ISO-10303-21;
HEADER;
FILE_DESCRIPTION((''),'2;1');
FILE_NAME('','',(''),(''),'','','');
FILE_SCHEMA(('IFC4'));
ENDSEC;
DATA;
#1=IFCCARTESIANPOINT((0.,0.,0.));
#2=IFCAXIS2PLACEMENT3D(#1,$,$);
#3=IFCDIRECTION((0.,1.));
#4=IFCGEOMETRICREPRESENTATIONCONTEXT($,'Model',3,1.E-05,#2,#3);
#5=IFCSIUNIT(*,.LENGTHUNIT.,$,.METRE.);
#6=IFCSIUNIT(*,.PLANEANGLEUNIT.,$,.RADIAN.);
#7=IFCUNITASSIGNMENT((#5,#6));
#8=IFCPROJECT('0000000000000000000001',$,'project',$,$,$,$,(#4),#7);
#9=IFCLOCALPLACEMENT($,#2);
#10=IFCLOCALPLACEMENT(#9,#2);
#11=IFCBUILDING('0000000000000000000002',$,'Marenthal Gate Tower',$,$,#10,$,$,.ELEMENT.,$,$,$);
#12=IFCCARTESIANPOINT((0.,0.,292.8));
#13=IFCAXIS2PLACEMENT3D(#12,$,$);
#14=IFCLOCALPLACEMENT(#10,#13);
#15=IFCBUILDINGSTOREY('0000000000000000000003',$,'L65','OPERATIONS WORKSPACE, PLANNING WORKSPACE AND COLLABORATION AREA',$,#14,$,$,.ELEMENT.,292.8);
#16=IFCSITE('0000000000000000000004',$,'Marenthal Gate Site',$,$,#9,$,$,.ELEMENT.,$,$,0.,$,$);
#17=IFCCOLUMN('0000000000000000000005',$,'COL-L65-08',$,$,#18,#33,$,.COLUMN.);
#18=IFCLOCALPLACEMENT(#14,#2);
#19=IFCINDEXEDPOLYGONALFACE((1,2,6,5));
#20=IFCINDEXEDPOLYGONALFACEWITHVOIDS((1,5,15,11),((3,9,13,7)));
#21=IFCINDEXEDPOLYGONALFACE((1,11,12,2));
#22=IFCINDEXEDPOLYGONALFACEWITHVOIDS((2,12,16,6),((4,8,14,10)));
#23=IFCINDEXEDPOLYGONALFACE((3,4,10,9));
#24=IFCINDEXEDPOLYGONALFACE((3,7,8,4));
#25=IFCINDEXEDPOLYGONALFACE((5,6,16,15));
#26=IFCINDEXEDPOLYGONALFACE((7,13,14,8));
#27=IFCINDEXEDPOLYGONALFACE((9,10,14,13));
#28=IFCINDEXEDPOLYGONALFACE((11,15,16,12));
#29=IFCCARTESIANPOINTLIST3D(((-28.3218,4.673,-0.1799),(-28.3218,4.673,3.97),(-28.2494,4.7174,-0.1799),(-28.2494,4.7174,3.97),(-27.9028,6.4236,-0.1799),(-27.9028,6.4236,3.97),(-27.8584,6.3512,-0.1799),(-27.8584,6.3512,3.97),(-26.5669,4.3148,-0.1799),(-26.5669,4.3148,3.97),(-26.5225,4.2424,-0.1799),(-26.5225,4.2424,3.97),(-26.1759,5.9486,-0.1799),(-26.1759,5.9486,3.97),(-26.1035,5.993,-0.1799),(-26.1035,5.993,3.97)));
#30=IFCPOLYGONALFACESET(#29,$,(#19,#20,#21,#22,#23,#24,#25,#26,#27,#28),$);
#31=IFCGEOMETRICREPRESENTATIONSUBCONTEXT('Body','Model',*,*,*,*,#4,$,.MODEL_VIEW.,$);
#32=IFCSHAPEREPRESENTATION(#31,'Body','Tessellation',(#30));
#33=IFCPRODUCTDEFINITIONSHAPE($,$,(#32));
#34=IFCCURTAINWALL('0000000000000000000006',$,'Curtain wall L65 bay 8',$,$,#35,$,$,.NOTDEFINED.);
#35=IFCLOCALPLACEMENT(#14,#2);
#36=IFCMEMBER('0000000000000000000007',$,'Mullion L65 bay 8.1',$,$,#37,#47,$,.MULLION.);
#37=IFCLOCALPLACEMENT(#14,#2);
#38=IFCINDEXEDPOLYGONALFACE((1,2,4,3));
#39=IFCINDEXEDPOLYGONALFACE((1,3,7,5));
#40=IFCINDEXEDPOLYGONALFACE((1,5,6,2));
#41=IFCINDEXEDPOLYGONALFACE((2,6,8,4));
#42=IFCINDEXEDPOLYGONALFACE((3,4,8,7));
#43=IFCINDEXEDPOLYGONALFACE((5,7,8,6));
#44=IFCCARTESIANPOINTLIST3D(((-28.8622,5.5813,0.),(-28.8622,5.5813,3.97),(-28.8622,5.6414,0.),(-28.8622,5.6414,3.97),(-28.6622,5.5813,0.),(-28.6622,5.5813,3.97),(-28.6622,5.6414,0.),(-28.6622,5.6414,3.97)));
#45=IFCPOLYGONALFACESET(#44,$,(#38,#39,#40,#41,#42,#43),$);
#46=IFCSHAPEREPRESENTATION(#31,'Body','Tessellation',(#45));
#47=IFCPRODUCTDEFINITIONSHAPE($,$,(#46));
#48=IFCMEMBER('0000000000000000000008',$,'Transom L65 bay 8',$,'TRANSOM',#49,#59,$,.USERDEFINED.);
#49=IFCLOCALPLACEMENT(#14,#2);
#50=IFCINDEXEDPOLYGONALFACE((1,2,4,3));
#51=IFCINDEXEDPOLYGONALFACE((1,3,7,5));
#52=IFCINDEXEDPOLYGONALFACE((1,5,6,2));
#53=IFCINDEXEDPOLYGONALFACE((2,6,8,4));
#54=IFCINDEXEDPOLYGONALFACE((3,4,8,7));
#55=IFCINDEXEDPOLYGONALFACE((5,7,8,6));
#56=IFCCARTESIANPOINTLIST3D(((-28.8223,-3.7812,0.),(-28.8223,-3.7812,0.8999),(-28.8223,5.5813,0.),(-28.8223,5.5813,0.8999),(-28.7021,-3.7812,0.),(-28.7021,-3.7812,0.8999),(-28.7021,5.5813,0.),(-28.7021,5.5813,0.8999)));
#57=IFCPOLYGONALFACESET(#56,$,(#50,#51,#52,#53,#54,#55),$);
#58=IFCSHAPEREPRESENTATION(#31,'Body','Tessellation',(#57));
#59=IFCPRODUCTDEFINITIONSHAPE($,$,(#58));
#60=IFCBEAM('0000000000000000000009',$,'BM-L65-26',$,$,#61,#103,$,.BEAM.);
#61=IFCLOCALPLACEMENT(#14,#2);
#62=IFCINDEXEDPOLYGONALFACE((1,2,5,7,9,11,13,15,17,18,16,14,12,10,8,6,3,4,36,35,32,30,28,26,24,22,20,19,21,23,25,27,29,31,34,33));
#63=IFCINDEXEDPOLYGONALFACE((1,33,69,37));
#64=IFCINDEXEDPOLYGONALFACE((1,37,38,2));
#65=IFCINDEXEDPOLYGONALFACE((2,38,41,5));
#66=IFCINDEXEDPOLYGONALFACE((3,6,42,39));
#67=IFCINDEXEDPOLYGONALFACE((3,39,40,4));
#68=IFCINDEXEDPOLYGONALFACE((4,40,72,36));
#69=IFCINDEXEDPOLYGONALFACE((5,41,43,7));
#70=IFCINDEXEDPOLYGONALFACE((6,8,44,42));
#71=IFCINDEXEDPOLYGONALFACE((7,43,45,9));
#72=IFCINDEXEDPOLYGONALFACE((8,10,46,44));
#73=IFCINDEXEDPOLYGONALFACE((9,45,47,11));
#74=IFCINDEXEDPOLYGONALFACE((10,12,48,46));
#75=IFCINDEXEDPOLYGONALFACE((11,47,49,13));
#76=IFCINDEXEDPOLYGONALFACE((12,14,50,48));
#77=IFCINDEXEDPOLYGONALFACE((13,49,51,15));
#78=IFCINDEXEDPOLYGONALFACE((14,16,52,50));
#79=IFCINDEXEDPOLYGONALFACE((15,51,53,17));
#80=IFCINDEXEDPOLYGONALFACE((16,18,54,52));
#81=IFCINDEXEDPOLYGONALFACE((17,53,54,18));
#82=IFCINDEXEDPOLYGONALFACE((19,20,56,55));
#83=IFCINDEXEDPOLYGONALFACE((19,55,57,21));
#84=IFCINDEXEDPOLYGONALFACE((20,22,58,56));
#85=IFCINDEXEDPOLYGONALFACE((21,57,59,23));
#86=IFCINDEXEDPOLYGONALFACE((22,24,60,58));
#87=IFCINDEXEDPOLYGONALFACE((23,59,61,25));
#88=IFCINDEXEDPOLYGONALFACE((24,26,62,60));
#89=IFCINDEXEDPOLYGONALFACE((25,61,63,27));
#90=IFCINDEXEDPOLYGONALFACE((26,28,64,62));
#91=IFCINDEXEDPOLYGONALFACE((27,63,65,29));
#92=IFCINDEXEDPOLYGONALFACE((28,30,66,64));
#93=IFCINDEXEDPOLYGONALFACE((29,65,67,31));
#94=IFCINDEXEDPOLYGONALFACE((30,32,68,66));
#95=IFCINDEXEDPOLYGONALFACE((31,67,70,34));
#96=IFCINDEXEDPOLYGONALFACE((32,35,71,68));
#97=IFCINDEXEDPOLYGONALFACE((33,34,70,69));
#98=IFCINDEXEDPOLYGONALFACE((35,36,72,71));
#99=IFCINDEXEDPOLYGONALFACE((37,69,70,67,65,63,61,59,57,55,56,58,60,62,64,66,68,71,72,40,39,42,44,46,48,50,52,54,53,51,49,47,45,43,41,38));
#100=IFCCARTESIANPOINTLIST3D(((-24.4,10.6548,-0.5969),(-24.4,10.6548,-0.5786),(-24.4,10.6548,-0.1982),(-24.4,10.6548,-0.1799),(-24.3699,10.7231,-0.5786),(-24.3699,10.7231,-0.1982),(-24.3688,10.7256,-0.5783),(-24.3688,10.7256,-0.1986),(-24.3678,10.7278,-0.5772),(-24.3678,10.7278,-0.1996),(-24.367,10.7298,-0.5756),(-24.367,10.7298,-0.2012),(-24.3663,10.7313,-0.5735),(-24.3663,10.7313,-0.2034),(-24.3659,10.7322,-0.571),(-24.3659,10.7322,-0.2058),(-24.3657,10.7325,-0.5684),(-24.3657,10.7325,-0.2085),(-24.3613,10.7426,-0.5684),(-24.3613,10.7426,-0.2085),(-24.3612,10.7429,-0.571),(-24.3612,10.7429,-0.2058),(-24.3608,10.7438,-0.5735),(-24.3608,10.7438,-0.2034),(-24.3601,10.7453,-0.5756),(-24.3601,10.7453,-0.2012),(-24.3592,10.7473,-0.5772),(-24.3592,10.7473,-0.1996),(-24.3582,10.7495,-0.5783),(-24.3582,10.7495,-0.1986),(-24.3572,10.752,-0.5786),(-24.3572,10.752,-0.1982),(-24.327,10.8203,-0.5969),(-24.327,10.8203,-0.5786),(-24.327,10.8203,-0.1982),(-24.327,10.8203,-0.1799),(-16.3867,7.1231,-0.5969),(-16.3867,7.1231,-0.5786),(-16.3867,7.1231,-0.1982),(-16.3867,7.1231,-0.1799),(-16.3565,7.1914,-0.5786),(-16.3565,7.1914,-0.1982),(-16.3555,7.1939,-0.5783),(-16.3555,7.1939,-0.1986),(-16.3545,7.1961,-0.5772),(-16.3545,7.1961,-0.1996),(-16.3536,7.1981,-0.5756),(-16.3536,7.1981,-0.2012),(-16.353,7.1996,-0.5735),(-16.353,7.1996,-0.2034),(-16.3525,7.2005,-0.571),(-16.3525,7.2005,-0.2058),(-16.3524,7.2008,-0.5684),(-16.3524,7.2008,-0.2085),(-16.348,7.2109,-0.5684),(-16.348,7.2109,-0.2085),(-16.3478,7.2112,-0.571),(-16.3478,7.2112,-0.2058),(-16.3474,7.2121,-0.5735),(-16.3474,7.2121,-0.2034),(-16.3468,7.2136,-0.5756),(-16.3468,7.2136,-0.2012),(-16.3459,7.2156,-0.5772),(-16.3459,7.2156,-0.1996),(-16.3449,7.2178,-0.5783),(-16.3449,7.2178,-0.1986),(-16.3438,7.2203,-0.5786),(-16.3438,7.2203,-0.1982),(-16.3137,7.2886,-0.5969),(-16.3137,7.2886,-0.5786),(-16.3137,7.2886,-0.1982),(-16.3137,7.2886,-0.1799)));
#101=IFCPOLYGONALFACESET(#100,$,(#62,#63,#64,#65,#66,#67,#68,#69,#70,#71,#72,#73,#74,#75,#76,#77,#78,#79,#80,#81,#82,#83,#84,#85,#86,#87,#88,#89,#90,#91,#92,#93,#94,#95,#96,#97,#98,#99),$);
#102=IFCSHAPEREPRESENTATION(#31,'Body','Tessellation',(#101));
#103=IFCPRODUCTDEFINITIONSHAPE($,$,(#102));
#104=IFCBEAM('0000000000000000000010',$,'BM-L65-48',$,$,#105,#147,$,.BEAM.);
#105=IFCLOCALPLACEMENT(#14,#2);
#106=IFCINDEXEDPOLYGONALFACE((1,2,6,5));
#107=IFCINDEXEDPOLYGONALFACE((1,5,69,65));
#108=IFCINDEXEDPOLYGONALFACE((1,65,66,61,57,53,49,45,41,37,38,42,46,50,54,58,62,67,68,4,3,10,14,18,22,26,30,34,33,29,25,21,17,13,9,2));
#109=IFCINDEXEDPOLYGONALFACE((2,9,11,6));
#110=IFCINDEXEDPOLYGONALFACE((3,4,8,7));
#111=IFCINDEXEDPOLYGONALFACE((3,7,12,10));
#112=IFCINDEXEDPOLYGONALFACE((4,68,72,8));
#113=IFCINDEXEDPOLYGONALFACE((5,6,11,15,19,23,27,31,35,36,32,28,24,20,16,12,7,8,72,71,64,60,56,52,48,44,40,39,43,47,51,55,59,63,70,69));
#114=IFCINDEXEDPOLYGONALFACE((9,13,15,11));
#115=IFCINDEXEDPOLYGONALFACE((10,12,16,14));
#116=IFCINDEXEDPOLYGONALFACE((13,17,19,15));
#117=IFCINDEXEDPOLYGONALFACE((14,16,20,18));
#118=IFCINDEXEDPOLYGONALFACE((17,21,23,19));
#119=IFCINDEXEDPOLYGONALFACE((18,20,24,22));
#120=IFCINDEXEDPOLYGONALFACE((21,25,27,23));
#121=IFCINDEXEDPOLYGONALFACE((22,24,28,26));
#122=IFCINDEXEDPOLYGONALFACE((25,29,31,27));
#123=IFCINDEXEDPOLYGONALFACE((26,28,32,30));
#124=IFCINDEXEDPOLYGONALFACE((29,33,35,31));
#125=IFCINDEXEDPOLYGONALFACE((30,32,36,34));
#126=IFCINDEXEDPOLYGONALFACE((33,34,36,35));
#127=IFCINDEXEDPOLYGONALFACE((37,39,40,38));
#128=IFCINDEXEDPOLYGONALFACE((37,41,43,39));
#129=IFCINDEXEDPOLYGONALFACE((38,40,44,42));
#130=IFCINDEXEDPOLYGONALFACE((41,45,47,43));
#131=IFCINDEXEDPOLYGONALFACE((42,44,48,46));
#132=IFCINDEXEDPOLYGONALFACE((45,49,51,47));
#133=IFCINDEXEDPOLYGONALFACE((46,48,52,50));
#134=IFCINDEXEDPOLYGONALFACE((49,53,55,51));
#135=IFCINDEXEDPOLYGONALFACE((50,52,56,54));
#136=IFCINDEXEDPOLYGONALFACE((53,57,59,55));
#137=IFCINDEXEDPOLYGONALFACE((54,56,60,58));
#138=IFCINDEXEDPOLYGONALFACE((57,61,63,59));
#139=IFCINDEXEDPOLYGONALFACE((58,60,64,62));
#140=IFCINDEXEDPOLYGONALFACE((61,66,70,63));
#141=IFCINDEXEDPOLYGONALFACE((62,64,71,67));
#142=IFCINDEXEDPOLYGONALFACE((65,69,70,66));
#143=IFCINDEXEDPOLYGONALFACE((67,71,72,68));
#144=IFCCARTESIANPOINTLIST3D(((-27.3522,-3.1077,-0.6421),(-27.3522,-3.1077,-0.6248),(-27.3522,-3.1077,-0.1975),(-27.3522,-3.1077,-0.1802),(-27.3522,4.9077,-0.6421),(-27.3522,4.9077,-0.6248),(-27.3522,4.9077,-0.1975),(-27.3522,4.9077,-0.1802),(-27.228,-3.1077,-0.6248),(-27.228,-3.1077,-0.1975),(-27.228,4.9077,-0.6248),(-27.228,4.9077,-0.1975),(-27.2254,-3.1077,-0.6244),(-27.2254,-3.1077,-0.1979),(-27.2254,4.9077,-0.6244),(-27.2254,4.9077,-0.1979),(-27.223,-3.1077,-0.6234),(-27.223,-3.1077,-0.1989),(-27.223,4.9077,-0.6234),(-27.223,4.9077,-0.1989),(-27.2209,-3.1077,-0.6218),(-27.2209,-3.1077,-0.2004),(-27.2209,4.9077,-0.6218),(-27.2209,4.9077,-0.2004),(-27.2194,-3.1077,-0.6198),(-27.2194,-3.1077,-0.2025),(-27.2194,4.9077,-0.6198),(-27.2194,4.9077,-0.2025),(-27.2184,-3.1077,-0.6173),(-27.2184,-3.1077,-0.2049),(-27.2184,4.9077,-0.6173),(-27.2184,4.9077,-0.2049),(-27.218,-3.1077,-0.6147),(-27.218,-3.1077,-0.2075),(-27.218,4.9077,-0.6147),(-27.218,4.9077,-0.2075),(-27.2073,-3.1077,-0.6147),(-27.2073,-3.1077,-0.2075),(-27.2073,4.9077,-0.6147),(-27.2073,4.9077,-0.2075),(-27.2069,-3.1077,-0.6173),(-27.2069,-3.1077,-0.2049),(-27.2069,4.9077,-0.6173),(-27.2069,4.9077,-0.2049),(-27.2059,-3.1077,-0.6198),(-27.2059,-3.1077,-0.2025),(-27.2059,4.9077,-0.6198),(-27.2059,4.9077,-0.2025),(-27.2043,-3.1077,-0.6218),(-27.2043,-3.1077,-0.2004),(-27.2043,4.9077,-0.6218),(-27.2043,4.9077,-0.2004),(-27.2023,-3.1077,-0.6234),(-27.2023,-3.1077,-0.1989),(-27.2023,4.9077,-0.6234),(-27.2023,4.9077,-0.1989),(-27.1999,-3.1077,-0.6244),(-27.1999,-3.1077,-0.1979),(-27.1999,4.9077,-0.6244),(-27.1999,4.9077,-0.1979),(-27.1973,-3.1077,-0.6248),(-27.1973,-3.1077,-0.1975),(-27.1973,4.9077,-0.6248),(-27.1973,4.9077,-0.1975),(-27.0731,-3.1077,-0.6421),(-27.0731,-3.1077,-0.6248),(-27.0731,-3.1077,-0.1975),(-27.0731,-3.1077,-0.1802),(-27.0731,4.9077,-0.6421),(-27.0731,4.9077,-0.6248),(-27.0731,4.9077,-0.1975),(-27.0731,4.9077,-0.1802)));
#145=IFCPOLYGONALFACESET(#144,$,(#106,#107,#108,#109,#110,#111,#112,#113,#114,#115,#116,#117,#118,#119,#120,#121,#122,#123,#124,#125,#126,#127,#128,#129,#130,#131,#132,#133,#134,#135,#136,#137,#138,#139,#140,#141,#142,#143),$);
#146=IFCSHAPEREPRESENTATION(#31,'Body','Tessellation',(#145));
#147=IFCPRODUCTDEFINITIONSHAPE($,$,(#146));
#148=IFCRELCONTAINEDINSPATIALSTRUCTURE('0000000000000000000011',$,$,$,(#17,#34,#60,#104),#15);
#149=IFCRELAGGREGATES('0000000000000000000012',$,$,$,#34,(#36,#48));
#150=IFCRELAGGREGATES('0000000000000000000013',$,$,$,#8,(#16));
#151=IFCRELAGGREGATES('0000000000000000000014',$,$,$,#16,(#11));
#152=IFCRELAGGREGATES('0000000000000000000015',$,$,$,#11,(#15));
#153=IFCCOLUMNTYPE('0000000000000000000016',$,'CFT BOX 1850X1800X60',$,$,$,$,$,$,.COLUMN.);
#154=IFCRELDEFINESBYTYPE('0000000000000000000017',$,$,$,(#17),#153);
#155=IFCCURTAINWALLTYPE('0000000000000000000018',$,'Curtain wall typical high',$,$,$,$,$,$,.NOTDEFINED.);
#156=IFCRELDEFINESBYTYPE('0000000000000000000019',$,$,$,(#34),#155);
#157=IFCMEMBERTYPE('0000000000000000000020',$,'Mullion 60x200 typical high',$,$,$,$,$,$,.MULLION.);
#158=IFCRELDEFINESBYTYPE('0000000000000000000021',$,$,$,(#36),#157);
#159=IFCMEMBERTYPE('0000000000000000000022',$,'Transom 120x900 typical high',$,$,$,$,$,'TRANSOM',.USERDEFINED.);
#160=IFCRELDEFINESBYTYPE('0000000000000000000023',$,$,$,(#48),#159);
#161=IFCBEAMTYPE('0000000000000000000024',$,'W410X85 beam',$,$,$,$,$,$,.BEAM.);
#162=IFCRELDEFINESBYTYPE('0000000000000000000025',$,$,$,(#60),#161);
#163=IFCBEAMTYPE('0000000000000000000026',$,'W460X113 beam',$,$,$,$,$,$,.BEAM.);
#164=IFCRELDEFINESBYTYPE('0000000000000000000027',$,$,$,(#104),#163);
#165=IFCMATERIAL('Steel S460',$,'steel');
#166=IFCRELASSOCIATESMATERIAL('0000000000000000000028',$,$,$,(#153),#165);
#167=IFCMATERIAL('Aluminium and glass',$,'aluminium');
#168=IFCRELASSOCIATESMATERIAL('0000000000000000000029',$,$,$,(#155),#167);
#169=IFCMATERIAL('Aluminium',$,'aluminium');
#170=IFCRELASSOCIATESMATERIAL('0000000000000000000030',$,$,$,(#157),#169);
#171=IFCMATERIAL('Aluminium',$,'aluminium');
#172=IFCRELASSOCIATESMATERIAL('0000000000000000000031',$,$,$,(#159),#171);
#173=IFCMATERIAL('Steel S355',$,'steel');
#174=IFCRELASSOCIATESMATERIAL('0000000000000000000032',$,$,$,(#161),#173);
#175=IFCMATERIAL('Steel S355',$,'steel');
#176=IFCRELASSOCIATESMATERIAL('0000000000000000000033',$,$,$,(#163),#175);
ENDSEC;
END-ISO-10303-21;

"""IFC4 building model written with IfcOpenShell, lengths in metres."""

from ifc_helpers import new_model, si_unit, direction, frame, origin, origin_2d, place, context, subcontext, project, spatial, rectangle, hollow_rectangle, i_section, extrude, material, material_profile, profile_set, type_object, element, aggregate, save


model = new_model("IFC4")

# Units and contexts
model_context = context("Model", 3, precision=1e-05, world=origin(), true_north=direction((0.0, 1.0)))
body_context = subcontext(model_context, "Body", "Model", "MODEL_VIEW")
ifc_project = project(units=[si_unit("LENGTHUNIT", "METRE"), si_unit("PLANEANGLEUNIT", "RADIAN")], contexts=[model_context])

# Site, building, storey
site_placement = place(None, origin())
site = spatial("IfcSite", under=ifc_project, at=site_placement, Name="Marenthal Gate Site", CompositionType="ELEMENT", RefElevation=0.0)
building_placement = place(site_placement, origin())
building = spatial("IfcBuilding", under=site, at=building_placement, Name="Marenthal Gate Tower", CompositionType="ELEMENT")
storey_placement = place(building_placement, frame((0.0, 0.0, 292.8)))
storey = spatial("IfcBuildingStorey", under=building, at=storey_placement, Name="L65", Description="OPERATIONS WORKSPACE, PLANNING WORKSPACE AND COLLABORATION AREA", CompositionType="ELEMENT", Elevation=292.8)

# Column
ifc_material_1 = material(Name="Steel S460", Category="steel")
ifc_material_profile_1 = material_profile(ifc_material_1, hollow_rectangle(XDim=1.8, YDim=1.8501, WallThickness=0.0601, at=origin_2d()), Name="CFT BOX 1850X1800X60")
ifc_material_2 = material(Name="Concrete 70 MPa", Category="concrete")
ifc_material_profile_2 = material_profile(ifc_material_2, rectangle(XDim=1.6799, YDim=1.73, at=origin_2d()), Name="CFT BOX 1850X1800X60 INFILL")
ifc_profile_set_1 = profile_set([ifc_material_profile_1, ifc_material_profile_2], Name="Steel S460 shell, Concrete 70 MPa infill")
column_type = type_object("IfcColumnType", Name="CFT BOX 1850X1800X60", PredefinedType="COLUMN", material=ifc_profile_set_1)
column_placement = place(storey_placement, frame((-27.2126, 5.333, -0.1799), z_axis=(0.0, 0.0, 1.0), x_axis=(0.232739, 0.972539, 0.0)))
element("IfcColumn", 1, at=column_placement, inside=storey, type_object=column_type, Name="COL-L65-08", PredefinedType="COLUMN", context=body_context, shape_type="SweptSolid", body=[
    extrude(hollow_rectangle(XDim=1.8, YDim=1.8501, WallThickness=0.0601, at=origin_2d()), origin(), (0.0, 0.0, 1.0), 4.1499),
])

# Curtain wall, members
ifc_material_3 = material(Name="Aluminium and glass", Category="aluminium")
curtain_wall_type = type_object("IfcCurtainWallType", Name="Curtain wall typical high", PredefinedType="NOTDEFINED", material=ifc_material_3)
curtain_wall_placement = place(storey_placement, origin())
curtain_wall = element("IfcCurtainWall", 2, at=curtain_wall_placement, inside=storey, type_object=curtain_wall_type, Name="Curtain wall L65 bay 8", PredefinedType="NOTDEFINED")
ifc_material_4 = material(Name="Aluminium", Category="aluminium")
ifc_material_profile_3 = material_profile(ifc_material_4, rectangle(XDim=0.2, YDim=0.0601, at=origin_2d()), Name="60x200 aluminium mullion")
ifc_profile_set_2 = profile_set([ifc_material_profile_3], Name="Aluminium")
member_type_1 = type_object("IfcMemberType", Name="Mullion 60x200 typical high", PredefinedType="MULLION", material=ifc_profile_set_2)
member_1_placement = place(storey_placement, frame((-28.7622, 5.6113, 0.0), z_axis=(0.0, 0.0, 1.0), x_axis=(1.0, 0.0, 0.0)))
member_1 = element("IfcMember", 3, at=member_1_placement, type_object=member_type_1, Name="Mullion L65 bay 8.1", PredefinedType="MULLION", context=body_context, shape_type="SweptSolid", body=[
    extrude(rectangle(XDim=0.2, YDim=0.0601, at=origin_2d()), origin(), (0.0, 0.0, 1.0), 3.97),
])
ifc_material_5 = material(Name="Aluminium", Category="aluminium")
ifc_material_profile_4 = material_profile(ifc_material_5, rectangle(XDim=0.1201, YDim=0.8999, at=origin_2d()), Name="120x900 aluminium transom")
ifc_profile_set_3 = profile_set([ifc_material_profile_4], Name="Aluminium")
member_type_2 = type_object("IfcMemberType", Name="Transom 120x900 typical high", ElementType="TRANSOM", PredefinedType="USERDEFINED", material=ifc_profile_set_3)
member_2_placement = place(storey_placement, frame((-28.7622, 5.5813, 0.45), z_axis=(0.0, -1.0, 0.0), x_axis=(1.0, 0.0, 0.0)))
member_2 = element("IfcMember", 4, at=member_2_placement, type_object=member_type_2, Name="Transom L65 bay 8", ObjectType="TRANSOM", PredefinedType="USERDEFINED", context=body_context, shape_type="SweptSolid", body=[
    extrude(rectangle(XDim=0.1201, YDim=0.8999, at=origin_2d()), origin(), (0.0, 0.0, 1.0), 9.3625),
])

# Beams
ifc_material_6 = material(Name="Steel S355", Category="steel")
ifc_material_profile_5 = material_profile(ifc_material_6, i_section(OverallWidth=0.1809, OverallDepth=0.417, WebThickness=0.011, FlangeThickness=0.0183, FilletRadius=0.0103, at=origin_2d()), Name="W410X85")
ifc_profile_set_4 = profile_set([ifc_material_profile_5], Name="Steel S355")
beam_type_1 = type_object("IfcBeamType", Name="W410X85 beam", PredefinedType="BEAM", material=ifc_profile_set_4)
beam_1_placement = place(storey_placement, frame((-24.3635, 10.7375, -0.3884), z_axis=(0.915069, -0.403296, 0.0), x_axis=(0.403296, 0.915069, 0.0)))
element("IfcBeam", 5, at=beam_1_placement, inside=storey, type_object=beam_type_1, Name="BM-L65-26", PredefinedType="BEAM", context=body_context, shape_type="SweptSolid", body=[
    extrude(i_section(OverallWidth=0.1809, OverallDepth=0.417, WebThickness=0.011, FlangeThickness=0.0183, FilletRadius=0.0103, at=origin_2d()), origin(), (0.0, 0.0, 1.0), 8.7571),
])
ifc_material_7 = material(Name="Steel S355", Category="steel")
ifc_material_profile_6 = material_profile(ifc_material_7, i_section(OverallWidth=0.2791, OverallDepth=0.4619, WebThickness=0.0107, FlangeThickness=0.0173, FilletRadius=0.01, at=origin_2d()), Name="W460X113")
ifc_profile_set_5 = profile_set([ifc_material_profile_6], Name="Steel S355")
beam_type_2 = type_object("IfcBeamType", Name="W460X113 beam", PredefinedType="BEAM", material=ifc_profile_set_5)
beam_2_placement = place(storey_placement, frame((-27.2126, 4.9077, -0.4111), z_axis=(0.0, -1.0, 0.0), x_axis=(1.0, 0.0, 0.0)))
element("IfcBeam", 6, at=beam_2_placement, inside=storey, type_object=beam_type_2, Name="BM-L65-48", PredefinedType="BEAM", context=body_context, shape_type="SweptSolid", body=[
    extrude(i_section(OverallWidth=0.2791, OverallDepth=0.4619, WebThickness=0.0107, FlangeThickness=0.0173, FilletRadius=0.01, at=origin_2d()), origin(), (0.0, 0.0, 1.0), 8.0154),
])

aggregate(curtain_wall, [member_1, member_2])

save(model, "model.ifc")
